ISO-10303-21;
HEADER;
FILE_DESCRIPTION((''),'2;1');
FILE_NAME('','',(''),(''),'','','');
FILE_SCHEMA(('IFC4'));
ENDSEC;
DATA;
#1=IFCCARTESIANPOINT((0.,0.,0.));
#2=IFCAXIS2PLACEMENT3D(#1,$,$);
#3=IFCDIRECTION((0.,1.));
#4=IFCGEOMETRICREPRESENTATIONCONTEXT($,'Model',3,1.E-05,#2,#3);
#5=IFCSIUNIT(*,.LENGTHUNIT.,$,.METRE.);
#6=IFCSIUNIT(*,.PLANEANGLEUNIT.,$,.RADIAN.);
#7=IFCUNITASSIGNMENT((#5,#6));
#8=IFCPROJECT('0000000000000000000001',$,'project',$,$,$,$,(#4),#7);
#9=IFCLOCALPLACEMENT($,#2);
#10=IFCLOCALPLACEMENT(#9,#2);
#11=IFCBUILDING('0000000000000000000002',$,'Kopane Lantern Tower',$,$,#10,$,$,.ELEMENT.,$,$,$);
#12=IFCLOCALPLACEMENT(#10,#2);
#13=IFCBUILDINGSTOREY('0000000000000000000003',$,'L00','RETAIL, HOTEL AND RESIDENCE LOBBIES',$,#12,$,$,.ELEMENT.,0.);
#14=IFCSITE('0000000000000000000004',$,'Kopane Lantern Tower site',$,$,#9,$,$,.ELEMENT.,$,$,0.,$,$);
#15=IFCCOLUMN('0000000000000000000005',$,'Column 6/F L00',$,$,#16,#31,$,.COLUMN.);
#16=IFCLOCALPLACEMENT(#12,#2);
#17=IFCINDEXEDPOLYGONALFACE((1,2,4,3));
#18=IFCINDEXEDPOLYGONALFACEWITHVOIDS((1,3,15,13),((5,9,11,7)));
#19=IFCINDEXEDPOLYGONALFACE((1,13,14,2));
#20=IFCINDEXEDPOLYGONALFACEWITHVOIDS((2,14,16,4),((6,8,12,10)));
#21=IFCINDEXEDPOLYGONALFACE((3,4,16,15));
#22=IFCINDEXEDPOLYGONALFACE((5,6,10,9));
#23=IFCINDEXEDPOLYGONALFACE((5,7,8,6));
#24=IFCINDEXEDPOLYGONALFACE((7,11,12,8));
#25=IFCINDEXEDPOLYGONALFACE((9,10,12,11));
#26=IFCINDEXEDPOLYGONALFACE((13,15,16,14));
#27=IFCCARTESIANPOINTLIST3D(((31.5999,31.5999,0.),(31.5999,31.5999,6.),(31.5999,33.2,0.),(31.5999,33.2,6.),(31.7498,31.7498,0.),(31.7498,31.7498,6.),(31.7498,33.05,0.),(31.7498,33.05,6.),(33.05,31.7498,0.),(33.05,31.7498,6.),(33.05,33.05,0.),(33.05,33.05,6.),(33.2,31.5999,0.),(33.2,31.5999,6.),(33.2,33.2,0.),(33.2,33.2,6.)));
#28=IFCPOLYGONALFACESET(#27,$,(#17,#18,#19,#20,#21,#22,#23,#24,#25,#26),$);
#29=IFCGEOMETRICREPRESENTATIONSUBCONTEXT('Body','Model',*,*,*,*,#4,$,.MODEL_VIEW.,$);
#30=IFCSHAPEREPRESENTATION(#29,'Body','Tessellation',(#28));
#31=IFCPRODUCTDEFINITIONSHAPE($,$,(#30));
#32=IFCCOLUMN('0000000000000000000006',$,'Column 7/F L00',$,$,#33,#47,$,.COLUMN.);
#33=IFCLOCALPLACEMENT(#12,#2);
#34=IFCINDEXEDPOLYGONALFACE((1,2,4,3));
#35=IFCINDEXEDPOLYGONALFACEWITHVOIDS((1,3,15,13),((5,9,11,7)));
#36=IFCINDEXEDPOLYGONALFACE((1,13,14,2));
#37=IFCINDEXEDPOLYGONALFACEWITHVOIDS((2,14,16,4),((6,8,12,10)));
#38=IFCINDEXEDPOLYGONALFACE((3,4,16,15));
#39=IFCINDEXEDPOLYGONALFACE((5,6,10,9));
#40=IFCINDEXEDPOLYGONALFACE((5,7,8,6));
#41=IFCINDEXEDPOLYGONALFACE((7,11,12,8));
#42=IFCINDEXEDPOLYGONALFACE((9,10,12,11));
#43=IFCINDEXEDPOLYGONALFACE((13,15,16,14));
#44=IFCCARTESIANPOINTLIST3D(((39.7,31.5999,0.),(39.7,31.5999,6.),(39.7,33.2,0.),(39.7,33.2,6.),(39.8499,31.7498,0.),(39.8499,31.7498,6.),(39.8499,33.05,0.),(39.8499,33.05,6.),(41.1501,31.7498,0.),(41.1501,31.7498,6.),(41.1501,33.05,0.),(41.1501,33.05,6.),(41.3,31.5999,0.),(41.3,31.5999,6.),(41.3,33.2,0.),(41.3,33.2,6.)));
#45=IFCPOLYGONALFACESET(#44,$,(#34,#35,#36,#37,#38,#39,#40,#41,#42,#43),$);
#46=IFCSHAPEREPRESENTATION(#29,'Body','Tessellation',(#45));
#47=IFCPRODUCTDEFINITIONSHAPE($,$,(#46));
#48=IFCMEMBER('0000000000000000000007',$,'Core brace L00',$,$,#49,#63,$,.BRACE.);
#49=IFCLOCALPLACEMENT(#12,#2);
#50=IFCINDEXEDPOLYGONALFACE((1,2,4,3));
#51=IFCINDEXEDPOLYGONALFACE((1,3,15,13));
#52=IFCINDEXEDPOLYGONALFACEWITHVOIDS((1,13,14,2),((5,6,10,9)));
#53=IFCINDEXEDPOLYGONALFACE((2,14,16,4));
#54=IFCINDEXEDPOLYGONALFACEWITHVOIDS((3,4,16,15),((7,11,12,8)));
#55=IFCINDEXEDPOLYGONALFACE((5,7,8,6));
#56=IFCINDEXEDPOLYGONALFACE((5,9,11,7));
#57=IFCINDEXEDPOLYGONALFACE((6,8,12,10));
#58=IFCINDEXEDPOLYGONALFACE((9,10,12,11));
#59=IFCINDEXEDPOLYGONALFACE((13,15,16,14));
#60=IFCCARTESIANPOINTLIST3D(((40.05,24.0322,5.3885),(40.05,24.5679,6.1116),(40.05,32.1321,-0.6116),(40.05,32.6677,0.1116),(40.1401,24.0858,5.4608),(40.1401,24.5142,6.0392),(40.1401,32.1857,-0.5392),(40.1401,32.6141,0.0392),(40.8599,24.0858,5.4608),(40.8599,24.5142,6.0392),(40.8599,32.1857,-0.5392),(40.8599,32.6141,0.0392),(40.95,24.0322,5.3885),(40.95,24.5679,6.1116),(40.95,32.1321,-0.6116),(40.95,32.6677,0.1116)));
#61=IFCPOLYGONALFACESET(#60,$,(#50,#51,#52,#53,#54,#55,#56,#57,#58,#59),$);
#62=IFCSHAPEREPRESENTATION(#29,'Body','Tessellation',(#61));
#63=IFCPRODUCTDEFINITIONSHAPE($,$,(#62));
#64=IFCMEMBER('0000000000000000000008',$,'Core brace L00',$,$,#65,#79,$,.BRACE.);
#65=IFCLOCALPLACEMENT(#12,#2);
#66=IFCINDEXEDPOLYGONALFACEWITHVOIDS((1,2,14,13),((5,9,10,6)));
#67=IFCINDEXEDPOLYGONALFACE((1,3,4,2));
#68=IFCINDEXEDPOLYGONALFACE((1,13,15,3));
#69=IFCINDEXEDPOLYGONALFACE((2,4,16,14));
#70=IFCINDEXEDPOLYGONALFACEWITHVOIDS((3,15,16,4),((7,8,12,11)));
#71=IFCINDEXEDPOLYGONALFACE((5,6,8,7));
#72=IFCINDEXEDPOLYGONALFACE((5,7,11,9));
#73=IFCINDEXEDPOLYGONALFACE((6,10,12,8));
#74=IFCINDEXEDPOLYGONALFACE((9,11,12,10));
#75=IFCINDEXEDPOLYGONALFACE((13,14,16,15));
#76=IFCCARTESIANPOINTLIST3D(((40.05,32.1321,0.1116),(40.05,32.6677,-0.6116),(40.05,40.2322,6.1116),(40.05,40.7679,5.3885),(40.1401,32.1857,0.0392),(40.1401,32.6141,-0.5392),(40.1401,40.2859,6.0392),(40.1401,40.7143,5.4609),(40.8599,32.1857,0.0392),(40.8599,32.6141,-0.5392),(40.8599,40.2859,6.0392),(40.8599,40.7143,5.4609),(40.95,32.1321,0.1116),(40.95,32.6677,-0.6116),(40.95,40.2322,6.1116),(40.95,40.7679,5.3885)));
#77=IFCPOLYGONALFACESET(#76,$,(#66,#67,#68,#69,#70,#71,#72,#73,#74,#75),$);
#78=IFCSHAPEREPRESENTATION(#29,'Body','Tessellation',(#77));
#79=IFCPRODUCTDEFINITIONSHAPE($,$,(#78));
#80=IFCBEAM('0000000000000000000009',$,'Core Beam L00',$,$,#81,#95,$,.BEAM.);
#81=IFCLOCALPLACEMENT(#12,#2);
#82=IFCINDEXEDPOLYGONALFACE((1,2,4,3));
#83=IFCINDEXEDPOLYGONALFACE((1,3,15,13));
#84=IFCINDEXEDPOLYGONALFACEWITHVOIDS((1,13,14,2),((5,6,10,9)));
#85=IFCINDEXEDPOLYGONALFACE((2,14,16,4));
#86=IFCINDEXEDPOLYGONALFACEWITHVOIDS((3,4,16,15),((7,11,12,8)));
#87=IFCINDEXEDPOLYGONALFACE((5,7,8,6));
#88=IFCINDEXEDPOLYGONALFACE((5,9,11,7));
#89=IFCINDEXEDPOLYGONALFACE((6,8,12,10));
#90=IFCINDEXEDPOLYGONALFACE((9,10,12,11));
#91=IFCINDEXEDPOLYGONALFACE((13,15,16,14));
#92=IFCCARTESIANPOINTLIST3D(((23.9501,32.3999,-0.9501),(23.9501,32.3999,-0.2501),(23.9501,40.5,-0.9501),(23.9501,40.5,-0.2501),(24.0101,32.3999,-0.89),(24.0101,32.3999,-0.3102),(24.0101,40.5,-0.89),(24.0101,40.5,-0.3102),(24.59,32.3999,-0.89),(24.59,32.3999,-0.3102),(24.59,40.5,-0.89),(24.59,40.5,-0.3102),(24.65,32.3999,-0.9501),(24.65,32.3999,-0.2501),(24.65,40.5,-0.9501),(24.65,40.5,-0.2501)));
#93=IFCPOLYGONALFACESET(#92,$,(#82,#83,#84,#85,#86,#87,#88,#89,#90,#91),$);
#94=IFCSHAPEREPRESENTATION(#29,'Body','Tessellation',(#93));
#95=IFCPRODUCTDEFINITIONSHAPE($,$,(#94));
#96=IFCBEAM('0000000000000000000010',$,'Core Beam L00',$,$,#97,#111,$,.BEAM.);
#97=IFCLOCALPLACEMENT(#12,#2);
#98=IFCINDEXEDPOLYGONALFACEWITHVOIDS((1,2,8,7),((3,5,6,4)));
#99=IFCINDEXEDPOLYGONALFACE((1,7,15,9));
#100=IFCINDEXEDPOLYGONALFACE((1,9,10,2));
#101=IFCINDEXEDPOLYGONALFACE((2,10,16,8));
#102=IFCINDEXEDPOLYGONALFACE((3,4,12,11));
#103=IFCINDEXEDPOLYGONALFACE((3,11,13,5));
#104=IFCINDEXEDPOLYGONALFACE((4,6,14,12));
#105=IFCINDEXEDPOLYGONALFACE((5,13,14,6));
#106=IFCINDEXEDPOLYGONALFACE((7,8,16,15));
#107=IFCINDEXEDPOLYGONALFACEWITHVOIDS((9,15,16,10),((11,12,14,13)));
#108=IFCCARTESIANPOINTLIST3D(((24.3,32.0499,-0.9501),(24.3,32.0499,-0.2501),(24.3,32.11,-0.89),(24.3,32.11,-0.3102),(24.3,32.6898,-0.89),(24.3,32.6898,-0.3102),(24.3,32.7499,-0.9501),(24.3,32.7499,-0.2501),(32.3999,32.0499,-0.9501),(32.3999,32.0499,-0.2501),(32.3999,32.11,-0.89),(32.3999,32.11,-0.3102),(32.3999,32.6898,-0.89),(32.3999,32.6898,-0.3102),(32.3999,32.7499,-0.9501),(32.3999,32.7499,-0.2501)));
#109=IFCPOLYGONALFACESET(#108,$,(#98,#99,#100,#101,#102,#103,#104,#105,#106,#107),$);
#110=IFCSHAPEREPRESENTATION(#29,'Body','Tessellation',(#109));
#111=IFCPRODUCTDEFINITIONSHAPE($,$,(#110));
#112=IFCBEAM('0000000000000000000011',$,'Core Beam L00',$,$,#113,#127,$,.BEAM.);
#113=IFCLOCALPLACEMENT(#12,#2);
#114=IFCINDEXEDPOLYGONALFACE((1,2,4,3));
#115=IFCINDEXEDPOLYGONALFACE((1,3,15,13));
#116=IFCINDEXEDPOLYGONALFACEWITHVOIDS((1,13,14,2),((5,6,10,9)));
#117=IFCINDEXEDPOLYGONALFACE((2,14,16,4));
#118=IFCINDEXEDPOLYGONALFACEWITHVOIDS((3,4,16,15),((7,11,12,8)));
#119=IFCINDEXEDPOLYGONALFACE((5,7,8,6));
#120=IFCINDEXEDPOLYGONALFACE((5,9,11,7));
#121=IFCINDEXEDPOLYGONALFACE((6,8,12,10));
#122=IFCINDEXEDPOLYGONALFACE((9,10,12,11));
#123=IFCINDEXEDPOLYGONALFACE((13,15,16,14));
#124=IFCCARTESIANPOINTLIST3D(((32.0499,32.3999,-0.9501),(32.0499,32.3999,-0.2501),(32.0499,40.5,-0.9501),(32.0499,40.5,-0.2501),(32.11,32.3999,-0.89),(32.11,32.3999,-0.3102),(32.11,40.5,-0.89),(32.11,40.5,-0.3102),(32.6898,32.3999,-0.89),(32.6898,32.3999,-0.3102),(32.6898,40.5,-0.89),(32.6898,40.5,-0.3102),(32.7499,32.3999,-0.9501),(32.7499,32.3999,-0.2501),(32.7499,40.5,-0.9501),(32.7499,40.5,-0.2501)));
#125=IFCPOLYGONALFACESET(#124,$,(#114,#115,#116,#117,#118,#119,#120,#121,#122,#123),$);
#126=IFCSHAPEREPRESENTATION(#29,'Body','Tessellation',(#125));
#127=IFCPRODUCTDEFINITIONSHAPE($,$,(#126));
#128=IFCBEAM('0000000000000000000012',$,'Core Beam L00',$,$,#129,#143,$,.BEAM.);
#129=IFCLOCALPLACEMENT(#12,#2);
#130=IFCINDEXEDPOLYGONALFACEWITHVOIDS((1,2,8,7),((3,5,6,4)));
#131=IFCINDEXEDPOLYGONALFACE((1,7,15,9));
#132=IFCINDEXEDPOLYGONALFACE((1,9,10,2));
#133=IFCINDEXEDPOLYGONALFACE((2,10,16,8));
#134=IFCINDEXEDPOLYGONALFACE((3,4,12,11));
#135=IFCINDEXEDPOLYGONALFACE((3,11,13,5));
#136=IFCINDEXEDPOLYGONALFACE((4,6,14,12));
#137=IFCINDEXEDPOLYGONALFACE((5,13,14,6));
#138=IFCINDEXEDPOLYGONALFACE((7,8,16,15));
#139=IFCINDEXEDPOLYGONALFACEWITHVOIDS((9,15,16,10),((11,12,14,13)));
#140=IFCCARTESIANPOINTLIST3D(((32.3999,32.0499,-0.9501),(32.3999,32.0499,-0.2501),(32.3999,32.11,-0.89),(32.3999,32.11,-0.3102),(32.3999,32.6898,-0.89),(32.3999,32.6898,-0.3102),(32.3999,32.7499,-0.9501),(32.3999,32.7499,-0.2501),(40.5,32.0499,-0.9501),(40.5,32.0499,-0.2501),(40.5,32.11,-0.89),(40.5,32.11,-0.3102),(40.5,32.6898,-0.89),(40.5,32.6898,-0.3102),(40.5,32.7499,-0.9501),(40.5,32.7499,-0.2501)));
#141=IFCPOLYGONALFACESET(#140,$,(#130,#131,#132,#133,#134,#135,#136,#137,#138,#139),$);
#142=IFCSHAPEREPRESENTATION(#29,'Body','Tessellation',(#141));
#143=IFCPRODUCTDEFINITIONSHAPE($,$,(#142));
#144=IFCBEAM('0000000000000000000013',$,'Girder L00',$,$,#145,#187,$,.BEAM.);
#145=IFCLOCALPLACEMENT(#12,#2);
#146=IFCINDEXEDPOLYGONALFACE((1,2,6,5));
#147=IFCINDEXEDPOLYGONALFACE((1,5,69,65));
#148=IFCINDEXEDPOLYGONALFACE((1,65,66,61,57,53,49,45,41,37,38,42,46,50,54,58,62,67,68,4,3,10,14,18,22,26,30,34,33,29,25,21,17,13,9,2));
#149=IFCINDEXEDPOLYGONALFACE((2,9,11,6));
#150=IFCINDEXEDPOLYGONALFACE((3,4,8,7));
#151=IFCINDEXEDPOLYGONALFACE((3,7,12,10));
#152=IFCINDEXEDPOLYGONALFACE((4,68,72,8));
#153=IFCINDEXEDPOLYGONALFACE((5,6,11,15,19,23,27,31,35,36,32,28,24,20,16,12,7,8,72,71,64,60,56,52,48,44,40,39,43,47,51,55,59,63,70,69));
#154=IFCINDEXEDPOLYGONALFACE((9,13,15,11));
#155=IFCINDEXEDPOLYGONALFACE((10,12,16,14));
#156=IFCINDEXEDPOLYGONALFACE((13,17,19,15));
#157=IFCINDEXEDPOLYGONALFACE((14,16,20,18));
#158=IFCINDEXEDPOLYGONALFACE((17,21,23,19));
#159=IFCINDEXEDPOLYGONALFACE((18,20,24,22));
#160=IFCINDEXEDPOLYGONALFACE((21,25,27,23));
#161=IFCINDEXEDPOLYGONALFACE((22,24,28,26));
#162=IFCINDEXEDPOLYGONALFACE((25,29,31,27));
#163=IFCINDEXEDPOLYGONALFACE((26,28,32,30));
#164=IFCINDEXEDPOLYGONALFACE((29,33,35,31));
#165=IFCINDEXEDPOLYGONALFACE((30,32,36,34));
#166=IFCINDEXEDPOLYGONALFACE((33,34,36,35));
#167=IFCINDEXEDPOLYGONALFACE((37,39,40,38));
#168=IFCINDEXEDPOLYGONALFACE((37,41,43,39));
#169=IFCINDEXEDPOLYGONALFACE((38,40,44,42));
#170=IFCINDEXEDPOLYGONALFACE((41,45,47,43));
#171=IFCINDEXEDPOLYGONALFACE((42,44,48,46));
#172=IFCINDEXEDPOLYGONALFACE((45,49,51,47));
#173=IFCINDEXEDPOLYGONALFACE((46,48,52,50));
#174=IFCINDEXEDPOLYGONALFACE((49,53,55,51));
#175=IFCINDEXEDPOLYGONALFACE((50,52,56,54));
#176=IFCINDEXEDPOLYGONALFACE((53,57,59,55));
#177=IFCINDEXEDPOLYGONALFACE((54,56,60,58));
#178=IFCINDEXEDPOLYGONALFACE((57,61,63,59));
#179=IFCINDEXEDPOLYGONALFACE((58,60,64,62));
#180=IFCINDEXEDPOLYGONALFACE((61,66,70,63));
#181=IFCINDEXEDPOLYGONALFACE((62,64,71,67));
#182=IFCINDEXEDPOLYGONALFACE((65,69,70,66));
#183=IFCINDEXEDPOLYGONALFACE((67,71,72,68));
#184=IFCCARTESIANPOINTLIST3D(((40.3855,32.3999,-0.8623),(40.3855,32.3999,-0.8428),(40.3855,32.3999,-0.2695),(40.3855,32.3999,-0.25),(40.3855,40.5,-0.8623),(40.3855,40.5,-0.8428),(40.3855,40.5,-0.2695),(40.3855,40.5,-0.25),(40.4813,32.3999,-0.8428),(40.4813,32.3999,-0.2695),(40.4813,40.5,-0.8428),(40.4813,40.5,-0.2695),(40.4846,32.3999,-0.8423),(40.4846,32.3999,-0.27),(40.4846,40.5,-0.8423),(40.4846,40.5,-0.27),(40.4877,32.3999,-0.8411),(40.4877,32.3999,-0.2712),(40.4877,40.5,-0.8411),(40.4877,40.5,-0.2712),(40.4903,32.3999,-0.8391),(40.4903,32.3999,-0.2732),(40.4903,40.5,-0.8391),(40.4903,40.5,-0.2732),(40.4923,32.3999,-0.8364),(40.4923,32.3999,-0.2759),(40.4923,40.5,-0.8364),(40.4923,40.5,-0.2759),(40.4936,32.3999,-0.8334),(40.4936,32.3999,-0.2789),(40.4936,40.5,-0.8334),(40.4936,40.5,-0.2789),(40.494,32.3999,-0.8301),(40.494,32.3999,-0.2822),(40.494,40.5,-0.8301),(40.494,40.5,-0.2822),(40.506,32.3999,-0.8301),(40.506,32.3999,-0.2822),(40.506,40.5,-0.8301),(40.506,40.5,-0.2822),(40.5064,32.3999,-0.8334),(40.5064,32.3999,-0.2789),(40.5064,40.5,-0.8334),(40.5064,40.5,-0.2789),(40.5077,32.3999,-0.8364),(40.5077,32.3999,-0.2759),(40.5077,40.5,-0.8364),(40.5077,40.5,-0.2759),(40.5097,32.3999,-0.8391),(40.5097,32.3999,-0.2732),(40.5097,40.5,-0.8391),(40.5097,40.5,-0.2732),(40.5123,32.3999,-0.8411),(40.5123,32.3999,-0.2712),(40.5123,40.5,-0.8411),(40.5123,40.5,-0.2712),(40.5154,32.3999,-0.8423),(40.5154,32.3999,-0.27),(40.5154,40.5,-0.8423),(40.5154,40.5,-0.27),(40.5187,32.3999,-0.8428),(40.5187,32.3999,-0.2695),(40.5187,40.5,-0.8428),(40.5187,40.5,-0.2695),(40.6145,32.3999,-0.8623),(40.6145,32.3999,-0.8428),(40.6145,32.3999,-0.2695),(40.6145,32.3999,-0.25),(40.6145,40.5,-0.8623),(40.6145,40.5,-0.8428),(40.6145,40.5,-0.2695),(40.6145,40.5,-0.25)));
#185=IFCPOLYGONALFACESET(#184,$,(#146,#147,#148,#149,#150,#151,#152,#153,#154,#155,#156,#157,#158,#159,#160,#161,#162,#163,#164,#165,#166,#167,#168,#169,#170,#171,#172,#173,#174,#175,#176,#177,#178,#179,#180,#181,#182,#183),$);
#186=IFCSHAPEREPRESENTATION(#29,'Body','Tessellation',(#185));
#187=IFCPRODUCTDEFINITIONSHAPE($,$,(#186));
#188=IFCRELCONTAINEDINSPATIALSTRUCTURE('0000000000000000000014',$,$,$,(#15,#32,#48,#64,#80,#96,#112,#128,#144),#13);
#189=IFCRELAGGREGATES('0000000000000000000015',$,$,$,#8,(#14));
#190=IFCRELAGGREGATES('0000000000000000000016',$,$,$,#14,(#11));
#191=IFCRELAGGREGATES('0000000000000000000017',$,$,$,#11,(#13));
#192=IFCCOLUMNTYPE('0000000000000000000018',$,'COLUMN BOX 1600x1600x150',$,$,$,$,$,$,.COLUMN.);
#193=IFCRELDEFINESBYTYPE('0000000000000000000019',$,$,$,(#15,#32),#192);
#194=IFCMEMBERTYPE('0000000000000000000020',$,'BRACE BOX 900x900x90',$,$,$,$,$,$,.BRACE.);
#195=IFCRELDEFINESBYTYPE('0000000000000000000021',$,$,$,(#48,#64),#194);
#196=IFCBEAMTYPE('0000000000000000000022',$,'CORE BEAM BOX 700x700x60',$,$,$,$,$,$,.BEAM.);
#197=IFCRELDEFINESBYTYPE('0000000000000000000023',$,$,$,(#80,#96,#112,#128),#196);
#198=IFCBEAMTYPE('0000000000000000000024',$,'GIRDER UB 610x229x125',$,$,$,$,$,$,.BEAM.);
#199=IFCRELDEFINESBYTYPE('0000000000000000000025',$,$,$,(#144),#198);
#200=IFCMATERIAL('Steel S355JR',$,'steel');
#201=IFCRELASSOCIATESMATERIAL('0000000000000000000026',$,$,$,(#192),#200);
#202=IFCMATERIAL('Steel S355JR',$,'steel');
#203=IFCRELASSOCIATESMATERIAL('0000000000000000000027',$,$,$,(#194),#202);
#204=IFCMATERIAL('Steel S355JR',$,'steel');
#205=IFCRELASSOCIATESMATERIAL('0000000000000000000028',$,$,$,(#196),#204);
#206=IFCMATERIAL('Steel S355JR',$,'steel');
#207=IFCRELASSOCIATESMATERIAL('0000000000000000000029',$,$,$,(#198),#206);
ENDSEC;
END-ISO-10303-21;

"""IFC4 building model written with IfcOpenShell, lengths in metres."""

from ifc_helpers import new_model, si_unit, direction, frame, origin, origin_2d, place, context, subcontext, project, spatial, hollow_rectangle, i_section, extrude, material, material_profile, profile_set, type_object, element, save


model = new_model("IFC4")

# Units and contexts
model_context = context("Model", 3, precision=1e-05, world=origin(), true_north=direction((0.0, 1.0)))
body_context = subcontext(model_context, "Body", "Model", "MODEL_VIEW")
ifc_project = project(units=[si_unit("LENGTHUNIT", "METRE"), si_unit("PLANEANGLEUNIT", "RADIAN")], contexts=[model_context])

# Site, building, storey
site_placement = place(None, origin())
site = spatial("IfcSite", under=ifc_project, at=site_placement, Name="Kopane Lantern Tower site", CompositionType="ELEMENT", RefElevation=0.0)
building_placement = place(site_placement, origin())
building = spatial("IfcBuilding", under=site, at=building_placement, Name="Kopane Lantern Tower", CompositionType="ELEMENT")
storey_placement = place(building_placement, origin())
storey = spatial("IfcBuildingStorey", under=building, at=storey_placement, Name="L00", Description="RETAIL, HOTEL AND RESIDENCE LOBBIES", CompositionType="ELEMENT", Elevation=0.0)

# Columns
ifc_material_1 = material(Name="Steel S355JR", Category="steel")
ifc_material_profile_1 = material_profile(ifc_material_1, hollow_rectangle(XDim=1.6001, YDim=1.6001, WallThickness=0.1499, at=origin_2d()), Name="BOX 1600x1600x150")
ifc_profile_set_1 = profile_set([ifc_material_profile_1], Name="Steel S355JR")
column_type = type_object("IfcColumnType", Name="COLUMN BOX 1600x1600x150", PredefinedType="COLUMN", material=ifc_profile_set_1)
for number, where, z_axis, x_axis, name in (
    (1, (32.3999, 32.3999, 0.0), (0.0, 0.0, 1.0), (1.0, 0.0, 0.0), "Column 6/F L00"),
    (2, (40.5, 32.3999, 0.0), (0.0, 0.0, 1.0), (1.0, 0.0, 0.0), "Column 7/F L00"),
):
    element("IfcColumn", number, at=place(storey_placement, frame(where, z_axis=z_axis, x_axis=x_axis)), inside=storey, type_object=column_type, Name=name, PredefinedType="COLUMN", context=body_context, shape_type="SweptSolid", body=[
        extrude(hollow_rectangle(XDim=1.6001, YDim=1.6001, WallThickness=0.1499, at=origin_2d()), origin(), (0.0, 0.0, 1.0), 6.0),
    ])

# Members
ifc_material_2 = material(Name="Steel S355JR", Category="steel")
ifc_material_profile_2 = material_profile(ifc_material_2, hollow_rectangle(XDim=0.8999, YDim=0.8999, WallThickness=0.0901, at=origin_2d()), Name="BOX 900x900x90")
ifc_profile_set_2 = profile_set([ifc_material_profile_2], Name="Steel S355JR")
member_type = type_object("IfcMemberType", Name="BRACE BOX 900x900x90", PredefinedType="BRACE", material=ifc_profile_set_2)
member_1_placement = place(storey_placement, frame((40.5, 32.3999, -0.25), z_axis=(0.0, -0.803552, 0.595235), x_axis=(1.0, 0.0, 0.0)))
element("IfcMember", 3, at=member_1_placement, inside=storey, type_object=member_type, Name="Core brace L00", PredefinedType="BRACE", context=body_context, shape_type="SweptSolid", body=[
    extrude(hollow_rectangle(XDim=0.8999, YDim=0.8999, WallThickness=0.0901, at=origin_2d()), origin(), (0.0, 0.0, 1.0), 10.0801),
])
member_2_placement = place(storey_placement, frame((40.5, 32.3999, -0.25), z_axis=(0.0, 0.803561, 0.595223), x_axis=(-1.0, 0.0, 0.0)))
element("IfcMember", 4, at=member_2_placement, inside=storey, type_object=member_type, Name="Core brace L00", PredefinedType="BRACE", context=body_context, shape_type="SweptSolid", body=[
    extrude(hollow_rectangle(XDim=0.8999, YDim=0.8999, WallThickness=0.0901, at=origin_2d()), origin(), (0.0, 0.0, 1.0), 10.0803),
])

# Beams
ifc_material_3 = material(Name="Steel S355JR", Category="steel")
ifc_material_profile_3 = material_profile(ifc_material_3, hollow_rectangle(XDim=0.7, YDim=0.7, WallThickness=0.0601, at=origin_2d()), Name="BOX 700x700x60")
ifc_profile_set_3 = profile_set([ifc_material_profile_3], Name="Steel S355JR")
beam_type_1 = type_object("IfcBeamType", Name="CORE BEAM BOX 700x700x60", PredefinedType="BEAM", material=ifc_profile_set_3)
beam_1_placement = place(storey_placement, frame((24.3, 32.3999, -0.6001), z_axis=(0.0, 1.0, 0.0), x_axis=(-1.0, 0.0, 0.0)))
element("IfcBeam", 5, at=beam_1_placement, inside=storey, type_object=beam_type_1, Name="Core Beam L00", PredefinedType="BEAM", context=body_context, shape_type="SweptSolid", body=[
    extrude(hollow_rectangle(XDim=0.7, YDim=0.7, WallThickness=0.0601, at=origin_2d()), origin(), (0.0, 0.0, 1.0), 8.1001),
])
beam_2_placement = place(storey_placement, frame((24.3, 32.3999, -0.6001), z_axis=(1.0, 0.0, 0.0), x_axis=(0.0, 1.0, 0.0)))
element("IfcBeam", 6, at=beam_2_placement, inside=storey, type_object=beam_type_1, Name="Core Beam L00", PredefinedType="BEAM", context=body_context, shape_type="SweptSolid", body=[
    extrude(hollow_rectangle(XDim=0.7, YDim=0.7, WallThickness=0.0601, at=origin_2d()), origin(), (0.0, 0.0, 1.0), 8.0999),
])
for number, where, z_axis, x_axis, name in (
    (7, (32.3999, 32.3999, -0.6001), (0.0, 1.0, 0.0), (-1.0, 0.0, 0.0), "Core Beam L00"),
    (8, (32.3999, 32.3999, -0.6001), (1.0, 0.0, 0.0), (0.0, 1.0, 0.0), "Core Beam L00"),
):
    element("IfcBeam", number, at=place(storey_placement, frame(where, z_axis=z_axis, x_axis=x_axis)), inside=storey, type_object=beam_type_1, Name=name, PredefinedType="BEAM", context=body_context, shape_type="SweptSolid", body=[
        extrude(hollow_rectangle(XDim=0.7, YDim=0.7, WallThickness=0.0601, at=origin_2d()), origin(), (0.0, 0.0, 1.0), 8.1001),
    ])
ifc_material_4 = material(Name="Steel S355JR", Category="steel")
ifc_material_profile_4 = material_profile(ifc_material_4, i_section(OverallWidth=0.229, OverallDepth=0.6123, WebThickness=0.012, FlangeThickness=0.0195, FilletRadius=0.0127, at=origin_2d()), Name="UB 610x229x125")
ifc_profile_set_4 = profile_set([ifc_material_profile_4], Name="Steel S355JR")
beam_type_2 = type_object("IfcBeamType", Name="GIRDER UB 610x229x125", PredefinedType="BEAM", material=ifc_profile_set_4)
for number, where, z_axis, x_axis, name in (
    (9, (40.5, 32.3999, -0.5562), (0.0, 1.0, 0.0), (-1.0, 0.0, 0.0), "Girder L00"),
):
    element("IfcBeam", number, at=place(storey_placement, frame(where, z_axis=z_axis, x_axis=x_axis)), inside=storey, type_object=beam_type_2, Name=name, PredefinedType="BEAM", context=body_context, shape_type="SweptSolid", body=[
        extrude(i_section(OverallWidth=0.229, OverallDepth=0.6123, WebThickness=0.012, FlangeThickness=0.0195, FilletRadius=0.0127, at=origin_2d()), origin(), (0.0, 0.0, 1.0), 8.1001),
    ])

save(model, "model.ifc")
